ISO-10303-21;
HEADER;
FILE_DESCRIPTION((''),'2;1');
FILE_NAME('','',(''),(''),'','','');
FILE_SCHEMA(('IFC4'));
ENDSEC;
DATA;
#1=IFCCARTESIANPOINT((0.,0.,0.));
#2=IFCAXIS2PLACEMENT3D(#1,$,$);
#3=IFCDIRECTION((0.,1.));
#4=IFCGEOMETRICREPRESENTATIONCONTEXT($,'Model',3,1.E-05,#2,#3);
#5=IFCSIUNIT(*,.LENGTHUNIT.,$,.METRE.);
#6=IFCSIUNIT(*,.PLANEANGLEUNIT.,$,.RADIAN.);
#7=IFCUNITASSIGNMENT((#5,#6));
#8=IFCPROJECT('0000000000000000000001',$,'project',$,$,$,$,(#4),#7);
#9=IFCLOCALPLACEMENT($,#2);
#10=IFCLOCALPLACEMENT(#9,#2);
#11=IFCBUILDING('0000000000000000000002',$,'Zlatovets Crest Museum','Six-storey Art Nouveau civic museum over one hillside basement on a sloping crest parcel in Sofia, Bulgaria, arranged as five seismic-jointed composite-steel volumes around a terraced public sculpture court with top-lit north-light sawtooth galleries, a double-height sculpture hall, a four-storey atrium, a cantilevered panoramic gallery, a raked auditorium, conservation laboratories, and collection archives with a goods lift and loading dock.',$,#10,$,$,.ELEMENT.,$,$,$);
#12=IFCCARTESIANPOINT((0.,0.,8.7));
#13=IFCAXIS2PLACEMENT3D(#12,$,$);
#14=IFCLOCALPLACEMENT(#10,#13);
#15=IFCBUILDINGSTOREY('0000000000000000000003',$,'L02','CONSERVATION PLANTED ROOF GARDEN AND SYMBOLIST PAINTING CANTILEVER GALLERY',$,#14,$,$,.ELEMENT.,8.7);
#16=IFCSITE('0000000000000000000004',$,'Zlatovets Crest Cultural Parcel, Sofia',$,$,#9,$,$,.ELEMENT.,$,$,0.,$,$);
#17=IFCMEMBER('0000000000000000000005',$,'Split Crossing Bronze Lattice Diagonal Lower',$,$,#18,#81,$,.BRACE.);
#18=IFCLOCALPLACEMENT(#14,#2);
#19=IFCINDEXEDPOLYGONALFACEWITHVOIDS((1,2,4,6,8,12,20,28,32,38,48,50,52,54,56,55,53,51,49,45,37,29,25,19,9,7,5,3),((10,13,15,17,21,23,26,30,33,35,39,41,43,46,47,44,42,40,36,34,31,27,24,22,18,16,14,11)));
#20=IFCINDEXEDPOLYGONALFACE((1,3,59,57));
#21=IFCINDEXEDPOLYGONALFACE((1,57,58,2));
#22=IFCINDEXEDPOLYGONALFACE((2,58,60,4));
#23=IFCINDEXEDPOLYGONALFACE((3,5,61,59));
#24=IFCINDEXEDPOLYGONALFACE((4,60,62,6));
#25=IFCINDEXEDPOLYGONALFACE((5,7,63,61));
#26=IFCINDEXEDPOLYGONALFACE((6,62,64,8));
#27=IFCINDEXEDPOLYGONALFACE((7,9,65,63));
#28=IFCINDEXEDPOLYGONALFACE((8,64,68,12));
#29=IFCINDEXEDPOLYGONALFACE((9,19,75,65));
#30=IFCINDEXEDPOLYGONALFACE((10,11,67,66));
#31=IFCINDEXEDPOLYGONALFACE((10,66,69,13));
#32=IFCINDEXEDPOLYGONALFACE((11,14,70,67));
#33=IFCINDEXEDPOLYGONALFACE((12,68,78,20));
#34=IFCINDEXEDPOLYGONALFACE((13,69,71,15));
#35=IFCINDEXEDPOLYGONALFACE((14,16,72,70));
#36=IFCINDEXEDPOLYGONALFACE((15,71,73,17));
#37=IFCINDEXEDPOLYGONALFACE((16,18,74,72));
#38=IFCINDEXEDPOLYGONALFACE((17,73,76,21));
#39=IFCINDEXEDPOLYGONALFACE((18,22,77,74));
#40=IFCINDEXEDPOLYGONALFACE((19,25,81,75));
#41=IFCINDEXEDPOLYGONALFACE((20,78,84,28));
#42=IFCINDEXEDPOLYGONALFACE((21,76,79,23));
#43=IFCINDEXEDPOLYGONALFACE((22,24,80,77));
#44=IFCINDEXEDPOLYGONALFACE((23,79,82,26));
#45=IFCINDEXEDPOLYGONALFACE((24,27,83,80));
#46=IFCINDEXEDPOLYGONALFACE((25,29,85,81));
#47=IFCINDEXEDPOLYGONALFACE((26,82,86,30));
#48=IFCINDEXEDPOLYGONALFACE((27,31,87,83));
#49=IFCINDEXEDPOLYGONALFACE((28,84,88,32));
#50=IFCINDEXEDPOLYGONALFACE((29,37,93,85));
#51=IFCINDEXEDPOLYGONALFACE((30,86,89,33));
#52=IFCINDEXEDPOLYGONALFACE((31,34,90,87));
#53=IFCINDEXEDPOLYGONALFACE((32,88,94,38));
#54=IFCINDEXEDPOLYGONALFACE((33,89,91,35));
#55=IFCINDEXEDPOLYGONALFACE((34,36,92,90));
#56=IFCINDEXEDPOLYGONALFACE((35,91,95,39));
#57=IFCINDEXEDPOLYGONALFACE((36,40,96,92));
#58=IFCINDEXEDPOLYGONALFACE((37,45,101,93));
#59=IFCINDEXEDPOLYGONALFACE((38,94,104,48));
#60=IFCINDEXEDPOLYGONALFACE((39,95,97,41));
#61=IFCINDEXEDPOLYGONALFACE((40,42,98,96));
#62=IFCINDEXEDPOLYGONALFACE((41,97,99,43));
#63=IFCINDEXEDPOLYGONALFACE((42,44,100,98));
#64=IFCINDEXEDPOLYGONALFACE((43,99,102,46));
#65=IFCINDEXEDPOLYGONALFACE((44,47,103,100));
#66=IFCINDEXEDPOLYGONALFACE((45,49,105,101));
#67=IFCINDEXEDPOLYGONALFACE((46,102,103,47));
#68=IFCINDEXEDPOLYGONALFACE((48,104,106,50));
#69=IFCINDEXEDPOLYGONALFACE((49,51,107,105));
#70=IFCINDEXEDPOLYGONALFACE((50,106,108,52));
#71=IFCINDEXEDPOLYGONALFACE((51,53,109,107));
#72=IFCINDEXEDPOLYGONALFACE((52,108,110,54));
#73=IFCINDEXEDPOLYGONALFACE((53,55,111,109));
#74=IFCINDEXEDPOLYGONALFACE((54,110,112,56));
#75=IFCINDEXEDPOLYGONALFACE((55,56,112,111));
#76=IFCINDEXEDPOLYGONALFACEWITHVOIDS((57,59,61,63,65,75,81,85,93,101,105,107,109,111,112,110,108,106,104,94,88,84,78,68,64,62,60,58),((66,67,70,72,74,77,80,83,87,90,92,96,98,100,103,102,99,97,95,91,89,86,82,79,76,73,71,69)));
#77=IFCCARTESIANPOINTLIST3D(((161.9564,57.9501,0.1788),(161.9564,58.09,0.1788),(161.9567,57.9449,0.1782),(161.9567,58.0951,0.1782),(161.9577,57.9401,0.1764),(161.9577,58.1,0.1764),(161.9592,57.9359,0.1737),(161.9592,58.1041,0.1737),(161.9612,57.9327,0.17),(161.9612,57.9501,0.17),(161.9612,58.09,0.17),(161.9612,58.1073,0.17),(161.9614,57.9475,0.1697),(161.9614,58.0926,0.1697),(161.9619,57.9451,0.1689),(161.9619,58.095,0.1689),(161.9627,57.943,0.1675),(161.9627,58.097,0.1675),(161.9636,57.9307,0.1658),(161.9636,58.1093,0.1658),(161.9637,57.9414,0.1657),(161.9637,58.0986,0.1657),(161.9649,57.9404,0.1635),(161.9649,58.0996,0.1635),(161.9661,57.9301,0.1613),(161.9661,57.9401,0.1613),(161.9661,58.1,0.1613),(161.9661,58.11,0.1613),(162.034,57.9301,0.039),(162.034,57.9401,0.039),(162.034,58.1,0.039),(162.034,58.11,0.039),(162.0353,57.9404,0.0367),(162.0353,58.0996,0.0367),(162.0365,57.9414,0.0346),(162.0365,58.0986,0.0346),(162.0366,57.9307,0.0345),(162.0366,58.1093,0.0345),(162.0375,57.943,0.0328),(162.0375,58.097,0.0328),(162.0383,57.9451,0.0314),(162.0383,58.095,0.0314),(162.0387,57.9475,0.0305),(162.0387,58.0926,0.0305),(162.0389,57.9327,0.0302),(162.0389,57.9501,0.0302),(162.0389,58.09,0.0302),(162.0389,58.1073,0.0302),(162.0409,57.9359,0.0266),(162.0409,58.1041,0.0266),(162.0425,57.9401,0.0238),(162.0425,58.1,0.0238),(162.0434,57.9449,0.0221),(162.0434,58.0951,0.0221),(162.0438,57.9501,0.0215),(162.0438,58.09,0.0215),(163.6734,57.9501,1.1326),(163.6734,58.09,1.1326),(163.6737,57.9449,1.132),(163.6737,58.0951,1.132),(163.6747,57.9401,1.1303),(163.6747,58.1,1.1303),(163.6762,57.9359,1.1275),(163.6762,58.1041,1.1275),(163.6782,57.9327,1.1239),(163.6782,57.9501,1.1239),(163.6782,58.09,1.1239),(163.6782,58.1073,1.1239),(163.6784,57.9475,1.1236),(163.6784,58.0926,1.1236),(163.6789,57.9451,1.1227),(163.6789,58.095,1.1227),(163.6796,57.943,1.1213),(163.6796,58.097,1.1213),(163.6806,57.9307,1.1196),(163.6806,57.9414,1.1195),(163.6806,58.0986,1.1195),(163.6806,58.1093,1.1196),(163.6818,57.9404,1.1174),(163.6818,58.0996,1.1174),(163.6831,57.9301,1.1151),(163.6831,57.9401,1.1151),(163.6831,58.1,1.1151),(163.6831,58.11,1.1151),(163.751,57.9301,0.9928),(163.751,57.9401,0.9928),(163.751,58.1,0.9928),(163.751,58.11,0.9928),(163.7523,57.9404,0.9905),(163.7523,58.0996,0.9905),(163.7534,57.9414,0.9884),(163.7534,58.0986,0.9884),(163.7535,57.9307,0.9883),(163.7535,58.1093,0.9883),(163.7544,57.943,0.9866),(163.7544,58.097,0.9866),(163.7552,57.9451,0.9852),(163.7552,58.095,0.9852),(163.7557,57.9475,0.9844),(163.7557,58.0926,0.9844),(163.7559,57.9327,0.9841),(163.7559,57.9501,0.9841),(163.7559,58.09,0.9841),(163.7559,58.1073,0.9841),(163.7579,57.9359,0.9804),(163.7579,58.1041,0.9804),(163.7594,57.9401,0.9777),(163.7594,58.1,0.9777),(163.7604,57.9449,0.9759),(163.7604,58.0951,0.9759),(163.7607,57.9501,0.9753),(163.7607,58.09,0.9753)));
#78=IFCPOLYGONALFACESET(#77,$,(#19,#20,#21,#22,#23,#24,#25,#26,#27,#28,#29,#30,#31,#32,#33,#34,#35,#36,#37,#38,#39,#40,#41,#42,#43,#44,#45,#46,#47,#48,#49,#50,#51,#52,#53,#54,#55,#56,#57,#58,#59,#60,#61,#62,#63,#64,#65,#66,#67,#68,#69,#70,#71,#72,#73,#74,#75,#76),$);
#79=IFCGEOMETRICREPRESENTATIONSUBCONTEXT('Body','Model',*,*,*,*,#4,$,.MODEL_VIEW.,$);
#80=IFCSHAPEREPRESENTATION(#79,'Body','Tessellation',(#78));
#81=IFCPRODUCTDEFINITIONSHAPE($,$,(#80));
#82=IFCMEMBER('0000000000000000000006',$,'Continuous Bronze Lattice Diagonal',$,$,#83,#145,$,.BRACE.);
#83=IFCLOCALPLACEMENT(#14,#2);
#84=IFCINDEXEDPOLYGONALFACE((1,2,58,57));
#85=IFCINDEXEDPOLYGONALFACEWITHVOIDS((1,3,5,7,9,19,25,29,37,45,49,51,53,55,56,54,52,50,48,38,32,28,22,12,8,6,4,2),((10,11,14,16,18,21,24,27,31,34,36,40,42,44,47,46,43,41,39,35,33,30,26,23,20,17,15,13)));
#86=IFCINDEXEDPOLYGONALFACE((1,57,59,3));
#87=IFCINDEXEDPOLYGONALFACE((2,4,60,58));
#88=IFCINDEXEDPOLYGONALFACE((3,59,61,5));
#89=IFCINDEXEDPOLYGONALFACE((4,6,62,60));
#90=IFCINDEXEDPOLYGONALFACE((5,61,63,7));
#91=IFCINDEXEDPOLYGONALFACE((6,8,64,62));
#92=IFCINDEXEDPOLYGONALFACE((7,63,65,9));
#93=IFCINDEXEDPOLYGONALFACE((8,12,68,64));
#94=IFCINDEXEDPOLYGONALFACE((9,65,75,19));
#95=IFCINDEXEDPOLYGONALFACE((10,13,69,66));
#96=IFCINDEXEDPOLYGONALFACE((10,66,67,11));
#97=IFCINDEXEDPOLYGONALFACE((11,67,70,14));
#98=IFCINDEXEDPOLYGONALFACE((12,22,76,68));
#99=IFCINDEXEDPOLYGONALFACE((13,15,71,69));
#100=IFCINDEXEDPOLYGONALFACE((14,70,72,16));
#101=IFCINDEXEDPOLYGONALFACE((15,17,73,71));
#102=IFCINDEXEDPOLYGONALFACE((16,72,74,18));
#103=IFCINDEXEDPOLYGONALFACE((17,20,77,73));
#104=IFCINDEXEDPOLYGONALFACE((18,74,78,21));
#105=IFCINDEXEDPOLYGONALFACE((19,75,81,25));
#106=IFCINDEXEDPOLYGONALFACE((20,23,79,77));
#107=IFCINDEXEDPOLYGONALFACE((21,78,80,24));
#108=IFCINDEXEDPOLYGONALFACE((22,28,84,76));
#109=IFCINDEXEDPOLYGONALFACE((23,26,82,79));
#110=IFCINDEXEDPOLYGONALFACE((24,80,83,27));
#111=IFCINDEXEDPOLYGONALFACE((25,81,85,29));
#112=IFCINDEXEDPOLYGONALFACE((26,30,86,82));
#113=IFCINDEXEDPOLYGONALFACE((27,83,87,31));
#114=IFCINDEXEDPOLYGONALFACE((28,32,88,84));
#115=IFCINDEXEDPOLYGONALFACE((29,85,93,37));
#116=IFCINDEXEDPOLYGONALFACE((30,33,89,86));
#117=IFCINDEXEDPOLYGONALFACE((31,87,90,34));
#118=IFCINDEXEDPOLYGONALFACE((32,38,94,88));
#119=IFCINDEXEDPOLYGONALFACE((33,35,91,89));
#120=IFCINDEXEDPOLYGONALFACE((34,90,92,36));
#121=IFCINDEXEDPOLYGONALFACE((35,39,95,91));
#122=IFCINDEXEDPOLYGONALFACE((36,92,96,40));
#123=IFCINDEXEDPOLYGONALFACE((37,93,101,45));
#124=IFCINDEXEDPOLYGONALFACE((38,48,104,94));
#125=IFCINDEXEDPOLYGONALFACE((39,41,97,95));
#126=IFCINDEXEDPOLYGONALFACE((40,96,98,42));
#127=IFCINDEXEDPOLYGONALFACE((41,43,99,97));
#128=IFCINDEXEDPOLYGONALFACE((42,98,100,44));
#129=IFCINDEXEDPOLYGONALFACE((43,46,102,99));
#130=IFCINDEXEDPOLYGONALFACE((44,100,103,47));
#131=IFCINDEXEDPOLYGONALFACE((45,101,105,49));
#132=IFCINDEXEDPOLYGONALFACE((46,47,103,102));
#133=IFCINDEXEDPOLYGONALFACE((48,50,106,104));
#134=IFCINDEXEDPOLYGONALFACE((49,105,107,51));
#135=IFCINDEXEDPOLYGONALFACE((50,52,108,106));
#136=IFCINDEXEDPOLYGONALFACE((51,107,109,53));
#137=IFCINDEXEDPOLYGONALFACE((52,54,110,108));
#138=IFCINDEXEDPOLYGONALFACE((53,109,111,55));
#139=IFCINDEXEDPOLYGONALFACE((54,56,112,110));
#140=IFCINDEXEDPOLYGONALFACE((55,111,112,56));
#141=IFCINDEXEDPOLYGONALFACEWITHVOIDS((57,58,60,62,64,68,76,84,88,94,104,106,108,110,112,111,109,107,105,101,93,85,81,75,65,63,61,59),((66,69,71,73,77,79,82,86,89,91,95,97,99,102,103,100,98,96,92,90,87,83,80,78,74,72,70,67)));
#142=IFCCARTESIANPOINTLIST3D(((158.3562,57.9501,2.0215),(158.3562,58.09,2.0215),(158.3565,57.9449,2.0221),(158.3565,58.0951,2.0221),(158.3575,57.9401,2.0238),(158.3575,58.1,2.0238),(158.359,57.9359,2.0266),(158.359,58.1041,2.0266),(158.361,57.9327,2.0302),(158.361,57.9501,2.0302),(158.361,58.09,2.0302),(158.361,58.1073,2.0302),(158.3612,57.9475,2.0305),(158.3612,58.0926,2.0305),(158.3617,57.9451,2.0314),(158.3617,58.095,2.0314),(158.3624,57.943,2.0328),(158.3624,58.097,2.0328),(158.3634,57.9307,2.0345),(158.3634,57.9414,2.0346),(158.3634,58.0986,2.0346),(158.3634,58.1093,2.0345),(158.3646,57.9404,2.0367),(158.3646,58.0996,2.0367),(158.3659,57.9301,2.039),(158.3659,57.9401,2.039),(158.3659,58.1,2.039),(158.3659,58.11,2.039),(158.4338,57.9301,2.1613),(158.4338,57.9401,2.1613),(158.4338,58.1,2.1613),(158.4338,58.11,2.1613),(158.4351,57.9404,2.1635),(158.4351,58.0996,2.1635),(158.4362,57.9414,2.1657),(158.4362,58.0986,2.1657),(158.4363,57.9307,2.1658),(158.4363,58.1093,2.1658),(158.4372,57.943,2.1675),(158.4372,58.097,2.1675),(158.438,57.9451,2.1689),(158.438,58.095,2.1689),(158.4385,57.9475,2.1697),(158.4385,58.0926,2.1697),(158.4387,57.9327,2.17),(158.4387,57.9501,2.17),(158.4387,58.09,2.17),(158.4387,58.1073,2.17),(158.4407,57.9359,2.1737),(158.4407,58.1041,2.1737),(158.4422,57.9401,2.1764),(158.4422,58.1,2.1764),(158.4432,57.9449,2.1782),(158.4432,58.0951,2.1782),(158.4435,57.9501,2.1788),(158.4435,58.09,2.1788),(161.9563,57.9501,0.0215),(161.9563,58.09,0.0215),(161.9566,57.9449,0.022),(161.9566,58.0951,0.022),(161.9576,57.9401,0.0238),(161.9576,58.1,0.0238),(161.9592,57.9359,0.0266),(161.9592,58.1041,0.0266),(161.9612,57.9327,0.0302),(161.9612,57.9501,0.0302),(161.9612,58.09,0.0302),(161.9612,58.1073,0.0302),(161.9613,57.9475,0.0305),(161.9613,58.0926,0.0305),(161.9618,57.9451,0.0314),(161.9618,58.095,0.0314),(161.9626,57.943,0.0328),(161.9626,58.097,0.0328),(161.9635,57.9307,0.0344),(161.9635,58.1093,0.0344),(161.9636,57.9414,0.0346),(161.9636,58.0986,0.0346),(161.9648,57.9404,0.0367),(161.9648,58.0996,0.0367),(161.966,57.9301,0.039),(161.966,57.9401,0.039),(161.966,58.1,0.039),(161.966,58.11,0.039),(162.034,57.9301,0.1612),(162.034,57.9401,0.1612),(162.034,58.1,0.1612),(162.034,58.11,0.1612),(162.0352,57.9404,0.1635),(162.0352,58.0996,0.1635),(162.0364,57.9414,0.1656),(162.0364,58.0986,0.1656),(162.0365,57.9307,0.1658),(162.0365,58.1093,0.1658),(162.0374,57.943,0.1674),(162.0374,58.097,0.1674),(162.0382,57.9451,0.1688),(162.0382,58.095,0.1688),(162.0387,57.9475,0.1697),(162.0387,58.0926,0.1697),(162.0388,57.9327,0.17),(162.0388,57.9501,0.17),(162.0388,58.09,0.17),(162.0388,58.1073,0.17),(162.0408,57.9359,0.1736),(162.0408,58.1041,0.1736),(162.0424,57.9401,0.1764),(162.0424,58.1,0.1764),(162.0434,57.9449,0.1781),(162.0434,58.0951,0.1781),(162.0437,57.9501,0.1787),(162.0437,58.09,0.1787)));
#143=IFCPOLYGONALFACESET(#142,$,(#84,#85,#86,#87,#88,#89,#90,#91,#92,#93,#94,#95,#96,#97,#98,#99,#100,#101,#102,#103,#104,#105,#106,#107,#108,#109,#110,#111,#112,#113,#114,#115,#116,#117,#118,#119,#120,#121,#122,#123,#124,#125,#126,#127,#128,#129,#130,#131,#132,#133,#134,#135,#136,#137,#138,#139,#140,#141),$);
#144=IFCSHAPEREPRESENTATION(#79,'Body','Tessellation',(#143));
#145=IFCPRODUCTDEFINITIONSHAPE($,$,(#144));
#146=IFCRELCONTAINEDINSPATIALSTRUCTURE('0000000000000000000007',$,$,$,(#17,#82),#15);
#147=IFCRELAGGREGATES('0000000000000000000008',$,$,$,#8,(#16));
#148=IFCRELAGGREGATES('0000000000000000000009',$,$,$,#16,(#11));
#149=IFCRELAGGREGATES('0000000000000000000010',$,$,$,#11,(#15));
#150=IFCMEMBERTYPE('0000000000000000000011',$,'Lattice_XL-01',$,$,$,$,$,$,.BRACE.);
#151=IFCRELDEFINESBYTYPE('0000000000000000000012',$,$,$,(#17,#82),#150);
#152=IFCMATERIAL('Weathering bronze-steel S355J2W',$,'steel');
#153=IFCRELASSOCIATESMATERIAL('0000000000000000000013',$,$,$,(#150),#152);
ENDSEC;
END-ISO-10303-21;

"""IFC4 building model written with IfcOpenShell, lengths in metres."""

from ifc_helpers import new_model, si_unit, direction, frame, origin, origin_2d, place, context, subcontext, project, spatial, hollow_rectangle, extrude, material, material_profile, profile_set, type_object, element, save


model = new_model("IFC4")

# Units and contexts
model_context = context("Model", 3, precision=1e-05, world=origin(), true_north=direction((0.0, 1.0)))
body_context = subcontext(model_context, "Body", "Model", "MODEL_VIEW")
ifc_project = project(units=[si_unit("LENGTHUNIT", "METRE"), si_unit("PLANEANGLEUNIT", "RADIAN")], contexts=[model_context])

# Site, building, storey
site_placement = place(None, origin())
site = spatial("IfcSite", under=ifc_project, at=site_placement, Name="Zlatovets Crest Cultural Parcel, Sofia", CompositionType="ELEMENT", RefElevation=0.0)
building_placement = place(site_placement, origin())
building = spatial("IfcBuilding", under=site, at=building_placement, Name="Zlatovets Crest Museum", Description="Six-storey Art Nouveau civic museum over one hillside basement on a sloping crest parcel in Sofia, Bulgaria, arranged as five seismic-jointed composite-steel volumes around a terraced public sculpture court with top-lit north-light sawtooth galleries, a double-height sculpture hall, a four-storey atrium, a cantilevered panoramic gallery, a raked auditorium, conservation laboratories, and collection archives with a goods lift and loading dock.", CompositionType="ELEMENT")
storey_placement = place(building_placement, frame((0.0, 0.0, 8.7)))
storey = spatial("IfcBuildingStorey", under=building, at=storey_placement, Name="L02", Description="CONSERVATION PLANTED ROOF GARDEN AND SYMBOLIST PAINTING CANTILEVER GALLERY", CompositionType="ELEMENT", Elevation=8.7)

# Members
ifc_material_1 = material(Name="Weathering bronze-steel S355J2W", Category="steel")
ifc_material_profile_1 = material_profile(ifc_material_1, hollow_rectangle(XDim=0.1799, YDim=0.1799, WallThickness=0.01, InnerFilletRadius=0.01, OuterFilletRadius=0.02, at=origin_2d()), Name="SHS 180x180x10.0")
ifc_profile_set_1 = profile_set([ifc_material_profile_1], Name="Weathering bronze-steel S355J2W")
member_type_1 = type_object("IfcMemberType", Name="Lattice_XL-01", PredefinedType="BRACE", material=ifc_profile_set_1)
for number, where, z_axis, x_axis, name in (
    (1, (163.717, 58.02, 1.054), (-0.874169, 0.0, -0.485622), (0.0, -1.0, 0.0), "Split Crossing Bronze Lattice Diagonal Lower"),
):
    element("IfcMember", number, at=place(storey_placement, frame(where, z_axis=z_axis, x_axis=x_axis)), inside=storey, type_object=member_type_1, Name=name, PredefinedType="BRACE", context=body_context, shape_type="SweptSolid", body=[
        extrude(hollow_rectangle(XDim=0.1799, YDim=0.1799, WallThickness=0.01, InnerFilletRadius=0.01, OuterFilletRadius=0.02, at=origin_2d()), origin(), (0.0, 0.0, 1.0), 1.9641),
    ])
member_1_placement = place(storey_placement, frame((162.0, 58.02, 0.1001), z_axis=(-0.874163, 0.0, 0.485633), x_axis=(0.0, -1.0, 0.0)))
element("IfcMember", 2, at=member_1_placement, inside=storey, type_object=member_type_1, Name="Continuous Bronze Lattice Diagonal", PredefinedType="BRACE", context=body_context, shape_type="SweptSolid", body=[
    extrude(hollow_rectangle(XDim=0.1799, YDim=0.1799, WallThickness=0.01, InnerFilletRadius=0.01, OuterFilletRadius=0.02, at=origin_2d()), origin(), (0.0, 0.0, 1.0), 4.1184),
])

save(model, "model.ifc")
